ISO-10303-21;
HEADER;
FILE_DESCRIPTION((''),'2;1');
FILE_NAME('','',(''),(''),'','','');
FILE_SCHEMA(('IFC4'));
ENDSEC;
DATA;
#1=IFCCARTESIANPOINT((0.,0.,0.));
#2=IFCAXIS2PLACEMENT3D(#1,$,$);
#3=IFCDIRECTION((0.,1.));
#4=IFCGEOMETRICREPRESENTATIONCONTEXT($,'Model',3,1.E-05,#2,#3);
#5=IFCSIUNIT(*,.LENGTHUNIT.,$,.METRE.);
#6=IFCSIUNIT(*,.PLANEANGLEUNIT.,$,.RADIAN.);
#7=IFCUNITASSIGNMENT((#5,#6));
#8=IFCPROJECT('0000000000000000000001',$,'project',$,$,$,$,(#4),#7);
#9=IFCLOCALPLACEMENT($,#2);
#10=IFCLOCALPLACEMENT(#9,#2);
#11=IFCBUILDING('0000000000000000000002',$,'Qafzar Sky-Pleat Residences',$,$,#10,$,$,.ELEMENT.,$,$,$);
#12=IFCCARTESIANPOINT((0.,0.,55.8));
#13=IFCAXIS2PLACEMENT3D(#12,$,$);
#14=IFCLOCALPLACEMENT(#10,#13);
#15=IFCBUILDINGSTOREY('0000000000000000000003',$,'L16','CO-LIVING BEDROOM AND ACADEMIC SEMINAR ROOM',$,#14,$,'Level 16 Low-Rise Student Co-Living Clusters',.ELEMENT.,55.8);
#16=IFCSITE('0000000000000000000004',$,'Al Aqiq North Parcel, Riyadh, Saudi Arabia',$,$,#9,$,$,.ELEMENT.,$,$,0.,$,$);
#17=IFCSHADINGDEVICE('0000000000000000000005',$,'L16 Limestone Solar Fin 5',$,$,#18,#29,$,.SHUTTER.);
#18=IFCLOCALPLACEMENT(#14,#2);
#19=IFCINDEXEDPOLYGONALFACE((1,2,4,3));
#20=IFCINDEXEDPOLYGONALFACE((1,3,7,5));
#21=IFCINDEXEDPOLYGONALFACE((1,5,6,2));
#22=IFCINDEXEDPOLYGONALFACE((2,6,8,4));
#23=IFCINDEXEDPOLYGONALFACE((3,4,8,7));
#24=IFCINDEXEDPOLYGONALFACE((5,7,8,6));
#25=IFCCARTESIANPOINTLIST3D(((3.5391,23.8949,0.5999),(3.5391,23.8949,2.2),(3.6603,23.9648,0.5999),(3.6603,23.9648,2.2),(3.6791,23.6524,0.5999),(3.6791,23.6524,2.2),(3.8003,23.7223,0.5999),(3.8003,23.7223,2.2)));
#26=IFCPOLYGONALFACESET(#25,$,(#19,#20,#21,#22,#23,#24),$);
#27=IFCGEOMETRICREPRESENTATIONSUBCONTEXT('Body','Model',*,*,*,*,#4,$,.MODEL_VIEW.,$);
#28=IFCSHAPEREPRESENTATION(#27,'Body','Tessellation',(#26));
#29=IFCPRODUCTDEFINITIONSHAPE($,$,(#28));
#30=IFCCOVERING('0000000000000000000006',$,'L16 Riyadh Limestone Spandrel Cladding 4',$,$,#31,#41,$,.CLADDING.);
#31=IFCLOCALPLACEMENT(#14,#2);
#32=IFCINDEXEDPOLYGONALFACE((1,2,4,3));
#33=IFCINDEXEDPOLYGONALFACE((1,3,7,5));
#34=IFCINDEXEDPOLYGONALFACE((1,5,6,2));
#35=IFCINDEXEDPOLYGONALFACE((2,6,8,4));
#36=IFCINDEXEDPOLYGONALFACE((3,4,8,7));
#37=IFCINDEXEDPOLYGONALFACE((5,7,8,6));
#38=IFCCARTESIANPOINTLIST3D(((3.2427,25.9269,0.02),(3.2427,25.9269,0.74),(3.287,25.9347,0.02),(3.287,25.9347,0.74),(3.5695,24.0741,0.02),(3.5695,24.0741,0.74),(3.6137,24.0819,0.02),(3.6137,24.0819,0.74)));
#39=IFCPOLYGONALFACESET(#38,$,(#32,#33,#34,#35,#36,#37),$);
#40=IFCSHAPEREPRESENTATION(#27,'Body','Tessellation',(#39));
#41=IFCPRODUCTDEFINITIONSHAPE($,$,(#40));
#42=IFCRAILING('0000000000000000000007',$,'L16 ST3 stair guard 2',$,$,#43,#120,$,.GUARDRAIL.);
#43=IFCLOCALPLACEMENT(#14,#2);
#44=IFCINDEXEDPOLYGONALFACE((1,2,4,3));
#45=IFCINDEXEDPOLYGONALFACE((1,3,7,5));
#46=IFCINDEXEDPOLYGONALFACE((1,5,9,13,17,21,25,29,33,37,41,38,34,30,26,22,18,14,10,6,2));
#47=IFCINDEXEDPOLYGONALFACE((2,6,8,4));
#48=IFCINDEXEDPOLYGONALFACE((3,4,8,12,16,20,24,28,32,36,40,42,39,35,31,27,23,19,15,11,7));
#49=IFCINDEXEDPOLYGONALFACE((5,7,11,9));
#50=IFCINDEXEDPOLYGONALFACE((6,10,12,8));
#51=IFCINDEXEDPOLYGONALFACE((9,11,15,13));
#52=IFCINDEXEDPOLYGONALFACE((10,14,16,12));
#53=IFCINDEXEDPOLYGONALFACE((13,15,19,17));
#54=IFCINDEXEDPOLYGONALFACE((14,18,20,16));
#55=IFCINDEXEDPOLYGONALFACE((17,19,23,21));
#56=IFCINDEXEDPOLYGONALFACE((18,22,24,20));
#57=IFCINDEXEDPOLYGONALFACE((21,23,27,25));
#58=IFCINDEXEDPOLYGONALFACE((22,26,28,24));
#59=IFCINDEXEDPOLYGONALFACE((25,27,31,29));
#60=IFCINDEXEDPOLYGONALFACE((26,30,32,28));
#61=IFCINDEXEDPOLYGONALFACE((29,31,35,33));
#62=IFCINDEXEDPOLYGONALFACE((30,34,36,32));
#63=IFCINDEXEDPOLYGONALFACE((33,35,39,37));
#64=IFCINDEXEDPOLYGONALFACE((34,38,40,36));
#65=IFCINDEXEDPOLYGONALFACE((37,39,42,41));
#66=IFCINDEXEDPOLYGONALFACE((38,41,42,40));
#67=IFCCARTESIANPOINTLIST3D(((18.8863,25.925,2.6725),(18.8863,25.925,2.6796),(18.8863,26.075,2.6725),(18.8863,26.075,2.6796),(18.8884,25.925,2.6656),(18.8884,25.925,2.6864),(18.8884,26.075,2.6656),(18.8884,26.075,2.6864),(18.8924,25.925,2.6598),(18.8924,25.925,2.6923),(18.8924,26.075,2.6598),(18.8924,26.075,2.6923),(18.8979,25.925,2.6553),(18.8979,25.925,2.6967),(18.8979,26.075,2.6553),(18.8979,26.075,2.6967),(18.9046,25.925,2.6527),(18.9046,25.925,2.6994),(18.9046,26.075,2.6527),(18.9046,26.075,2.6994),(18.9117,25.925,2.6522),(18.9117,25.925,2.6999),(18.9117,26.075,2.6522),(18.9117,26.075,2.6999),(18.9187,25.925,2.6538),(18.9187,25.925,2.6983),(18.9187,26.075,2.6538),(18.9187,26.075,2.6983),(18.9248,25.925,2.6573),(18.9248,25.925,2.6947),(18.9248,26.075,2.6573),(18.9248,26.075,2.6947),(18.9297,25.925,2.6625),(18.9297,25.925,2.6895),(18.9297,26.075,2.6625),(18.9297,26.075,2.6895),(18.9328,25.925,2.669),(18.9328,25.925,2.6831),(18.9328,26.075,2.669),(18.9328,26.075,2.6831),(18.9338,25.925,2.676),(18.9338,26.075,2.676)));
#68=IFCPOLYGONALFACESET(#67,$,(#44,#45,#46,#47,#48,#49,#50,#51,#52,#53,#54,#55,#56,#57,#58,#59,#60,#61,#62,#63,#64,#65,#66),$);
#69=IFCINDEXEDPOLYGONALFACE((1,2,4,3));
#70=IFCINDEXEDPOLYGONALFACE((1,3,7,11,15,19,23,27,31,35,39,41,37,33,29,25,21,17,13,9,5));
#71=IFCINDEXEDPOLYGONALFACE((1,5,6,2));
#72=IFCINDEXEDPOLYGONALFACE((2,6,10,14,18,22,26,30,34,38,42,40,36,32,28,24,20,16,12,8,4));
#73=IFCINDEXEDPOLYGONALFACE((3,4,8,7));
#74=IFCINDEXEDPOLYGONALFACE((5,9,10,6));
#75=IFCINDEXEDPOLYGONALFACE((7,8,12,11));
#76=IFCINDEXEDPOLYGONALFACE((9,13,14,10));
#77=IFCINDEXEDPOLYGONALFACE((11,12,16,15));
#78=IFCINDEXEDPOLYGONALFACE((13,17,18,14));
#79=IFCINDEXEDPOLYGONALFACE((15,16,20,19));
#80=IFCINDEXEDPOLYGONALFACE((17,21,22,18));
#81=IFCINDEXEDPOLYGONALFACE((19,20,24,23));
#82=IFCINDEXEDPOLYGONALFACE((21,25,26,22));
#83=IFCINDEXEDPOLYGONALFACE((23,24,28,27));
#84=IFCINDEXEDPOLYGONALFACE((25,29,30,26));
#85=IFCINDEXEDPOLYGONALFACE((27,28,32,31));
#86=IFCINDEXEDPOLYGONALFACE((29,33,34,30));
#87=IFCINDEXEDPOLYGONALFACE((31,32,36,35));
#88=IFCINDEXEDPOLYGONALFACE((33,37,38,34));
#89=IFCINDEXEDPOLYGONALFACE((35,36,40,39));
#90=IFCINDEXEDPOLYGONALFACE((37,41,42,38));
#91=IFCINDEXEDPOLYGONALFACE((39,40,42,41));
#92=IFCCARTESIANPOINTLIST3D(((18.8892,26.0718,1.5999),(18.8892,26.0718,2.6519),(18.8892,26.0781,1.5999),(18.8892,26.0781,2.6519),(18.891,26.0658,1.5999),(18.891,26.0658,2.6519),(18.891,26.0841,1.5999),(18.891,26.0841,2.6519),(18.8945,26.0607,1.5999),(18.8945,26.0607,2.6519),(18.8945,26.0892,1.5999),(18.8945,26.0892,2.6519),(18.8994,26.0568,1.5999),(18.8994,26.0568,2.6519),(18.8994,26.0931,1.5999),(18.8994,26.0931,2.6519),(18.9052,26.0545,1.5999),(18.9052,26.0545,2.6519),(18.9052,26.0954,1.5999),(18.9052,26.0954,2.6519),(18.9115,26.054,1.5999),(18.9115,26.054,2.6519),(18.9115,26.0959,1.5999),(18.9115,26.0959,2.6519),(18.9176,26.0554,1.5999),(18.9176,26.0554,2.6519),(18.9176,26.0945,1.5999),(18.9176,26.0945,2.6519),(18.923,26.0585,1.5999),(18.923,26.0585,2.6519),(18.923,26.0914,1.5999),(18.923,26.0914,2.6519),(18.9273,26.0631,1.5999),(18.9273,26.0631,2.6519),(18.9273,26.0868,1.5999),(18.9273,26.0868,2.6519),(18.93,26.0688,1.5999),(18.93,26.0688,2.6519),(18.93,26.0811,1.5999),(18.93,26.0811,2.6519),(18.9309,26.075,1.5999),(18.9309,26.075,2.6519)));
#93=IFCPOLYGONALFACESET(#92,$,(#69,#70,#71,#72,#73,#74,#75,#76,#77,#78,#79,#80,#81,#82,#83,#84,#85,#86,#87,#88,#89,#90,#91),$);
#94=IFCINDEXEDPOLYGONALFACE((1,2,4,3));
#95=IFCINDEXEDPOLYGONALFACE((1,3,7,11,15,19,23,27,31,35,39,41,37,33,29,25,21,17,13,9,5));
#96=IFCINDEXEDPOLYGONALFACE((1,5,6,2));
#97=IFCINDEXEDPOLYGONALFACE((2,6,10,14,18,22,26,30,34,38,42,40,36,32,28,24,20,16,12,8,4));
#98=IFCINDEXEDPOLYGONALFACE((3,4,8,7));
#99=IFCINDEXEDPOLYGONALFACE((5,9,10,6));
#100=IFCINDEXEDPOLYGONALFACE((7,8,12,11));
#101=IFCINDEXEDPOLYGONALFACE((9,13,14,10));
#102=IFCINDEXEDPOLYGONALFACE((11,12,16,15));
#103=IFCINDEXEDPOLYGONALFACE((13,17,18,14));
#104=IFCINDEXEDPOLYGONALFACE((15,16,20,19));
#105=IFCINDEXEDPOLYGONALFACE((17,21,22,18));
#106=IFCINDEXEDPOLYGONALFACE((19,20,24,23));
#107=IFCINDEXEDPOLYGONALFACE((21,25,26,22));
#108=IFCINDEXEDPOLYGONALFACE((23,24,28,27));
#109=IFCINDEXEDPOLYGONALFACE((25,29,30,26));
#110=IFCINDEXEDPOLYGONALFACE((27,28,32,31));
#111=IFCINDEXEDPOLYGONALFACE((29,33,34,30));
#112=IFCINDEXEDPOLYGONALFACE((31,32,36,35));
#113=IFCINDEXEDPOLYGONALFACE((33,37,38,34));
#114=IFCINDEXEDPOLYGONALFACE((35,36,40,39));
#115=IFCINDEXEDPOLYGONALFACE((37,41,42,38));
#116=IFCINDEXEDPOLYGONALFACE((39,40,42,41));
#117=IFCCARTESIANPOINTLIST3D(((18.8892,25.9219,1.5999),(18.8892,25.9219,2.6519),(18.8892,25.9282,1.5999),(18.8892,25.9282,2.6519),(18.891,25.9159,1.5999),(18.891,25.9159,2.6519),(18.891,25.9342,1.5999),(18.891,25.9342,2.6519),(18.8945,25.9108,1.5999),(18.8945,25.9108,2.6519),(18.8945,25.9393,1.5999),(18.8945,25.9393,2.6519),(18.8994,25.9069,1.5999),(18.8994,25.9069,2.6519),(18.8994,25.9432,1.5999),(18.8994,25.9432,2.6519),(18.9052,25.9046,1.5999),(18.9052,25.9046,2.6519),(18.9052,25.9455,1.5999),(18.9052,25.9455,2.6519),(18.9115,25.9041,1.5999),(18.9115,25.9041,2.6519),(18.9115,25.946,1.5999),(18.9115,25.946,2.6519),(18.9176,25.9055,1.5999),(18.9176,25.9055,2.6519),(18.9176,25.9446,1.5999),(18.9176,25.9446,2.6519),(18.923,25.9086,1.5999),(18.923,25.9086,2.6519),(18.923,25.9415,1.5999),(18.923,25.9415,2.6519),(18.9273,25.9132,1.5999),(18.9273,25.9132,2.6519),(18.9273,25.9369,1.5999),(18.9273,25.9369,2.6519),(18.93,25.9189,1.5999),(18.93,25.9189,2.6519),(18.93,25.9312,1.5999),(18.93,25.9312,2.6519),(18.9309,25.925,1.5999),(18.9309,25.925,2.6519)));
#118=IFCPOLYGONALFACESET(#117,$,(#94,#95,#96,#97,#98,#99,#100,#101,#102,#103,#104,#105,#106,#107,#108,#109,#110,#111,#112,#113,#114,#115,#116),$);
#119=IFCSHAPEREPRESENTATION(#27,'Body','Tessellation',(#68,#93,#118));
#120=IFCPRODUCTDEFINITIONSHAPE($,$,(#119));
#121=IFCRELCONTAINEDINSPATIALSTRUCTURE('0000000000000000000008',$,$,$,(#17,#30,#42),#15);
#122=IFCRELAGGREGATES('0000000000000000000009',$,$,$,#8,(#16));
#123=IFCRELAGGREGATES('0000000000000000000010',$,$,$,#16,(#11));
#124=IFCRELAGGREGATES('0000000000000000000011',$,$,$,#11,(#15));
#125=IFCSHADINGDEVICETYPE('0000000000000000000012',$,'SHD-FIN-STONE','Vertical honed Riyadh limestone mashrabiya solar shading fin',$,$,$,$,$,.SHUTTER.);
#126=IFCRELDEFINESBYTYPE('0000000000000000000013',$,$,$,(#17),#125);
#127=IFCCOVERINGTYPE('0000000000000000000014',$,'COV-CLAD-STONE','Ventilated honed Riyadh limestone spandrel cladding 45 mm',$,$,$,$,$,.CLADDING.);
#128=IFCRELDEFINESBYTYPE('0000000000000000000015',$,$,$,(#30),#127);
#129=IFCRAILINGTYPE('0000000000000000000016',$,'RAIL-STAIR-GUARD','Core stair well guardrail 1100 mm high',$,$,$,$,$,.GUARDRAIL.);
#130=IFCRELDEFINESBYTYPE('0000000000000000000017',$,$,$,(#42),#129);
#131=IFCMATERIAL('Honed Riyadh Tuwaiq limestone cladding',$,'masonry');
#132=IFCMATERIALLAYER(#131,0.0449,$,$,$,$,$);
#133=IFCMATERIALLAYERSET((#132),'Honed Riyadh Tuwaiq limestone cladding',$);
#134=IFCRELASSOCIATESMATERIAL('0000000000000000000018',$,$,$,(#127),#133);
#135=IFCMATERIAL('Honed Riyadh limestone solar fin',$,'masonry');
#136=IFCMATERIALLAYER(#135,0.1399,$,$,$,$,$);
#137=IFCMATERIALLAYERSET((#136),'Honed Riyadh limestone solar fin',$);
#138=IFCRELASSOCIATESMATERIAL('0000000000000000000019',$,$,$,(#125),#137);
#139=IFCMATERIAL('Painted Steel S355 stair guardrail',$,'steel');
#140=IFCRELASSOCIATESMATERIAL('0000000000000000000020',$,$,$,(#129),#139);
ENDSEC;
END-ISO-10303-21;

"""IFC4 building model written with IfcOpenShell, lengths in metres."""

from ifc_helpers import new_model, si_unit, direction, frame, origin, origin_2d, place, context, subcontext, project, spatial, rectangle, circle, extrude, source, transform, mapped, material, layer, layer_set, type_object, element, save


model = new_model("IFC4")

# Units and contexts
model_context = context("Model", 3, precision=1e-05, world=origin(), true_north=direction((0.0, 1.0)))
body_context = subcontext(model_context, "Body", "Model", "MODEL_VIEW")
ifc_project = project(units=[si_unit("LENGTHUNIT", "METRE"), si_unit("PLANEANGLEUNIT", "RADIAN")], contexts=[model_context])

# Site, building, storey
site_placement = place(None, origin())
site = spatial("IfcSite", under=ifc_project, at=site_placement, Name="Al Aqiq North Parcel, Riyadh, Saudi Arabia", CompositionType="ELEMENT", RefElevation=0.0)
building_placement = place(site_placement, origin())
building = spatial("IfcBuilding", under=site, at=building_placement, Name="Qafzar Sky-Pleat Residences", CompositionType="ELEMENT")
storey_placement = place(building_placement, frame((0.0, 0.0, 55.8)))
storey = spatial("IfcBuildingStorey", under=building, at=storey_placement, Name="L16", Description="CO-LIVING BEDROOM AND ACADEMIC SEMINAR ROOM", LongName="Level 16 Low-Rise Student Co-Living Clusters", CompositionType="ELEMENT", Elevation=55.8)

# Shared definitions
ifc_material_1 = material(Name="Honed Riyadh Tuwaiq limestone cladding", Category="masonry")
ifc_layer_1 = layer(ifc_material_1, 0.0449)
ifc_layer_set_1 = layer_set([ifc_layer_1], Name="Honed Riyadh Tuwaiq limestone cladding")
covering_type = type_object("IfcCoveringType", Name="COV-CLAD-STONE", Description="Ventilated honed Riyadh limestone spandrel cladding 45 mm", PredefinedType="CLADDING", material=ifc_layer_set_1)

# Shading device
ifc_material_2 = material(Name="Honed Riyadh limestone solar fin", Category="masonry")
ifc_layer_2 = layer(ifc_material_2, 0.1399)
ifc_layer_set_2 = layer_set([ifc_layer_2], Name="Honed Riyadh limestone solar fin")
shading_device_type = type_object("IfcShadingDeviceType", Name="SHD-FIN-STONE", Description="Vertical honed Riyadh limestone mashrabiya solar shading fin", PredefinedType="SHUTTER", material=ifc_layer_set_2)
shared_shape_1 = source(origin(), body_context, "Body", "SweptSolid", [
    extrude(rectangle(XDim=0.1399, YDim=0.28, at=origin_2d()), origin(), (0.0, 0.0, 1.0), 1.6001),
])
shading_device_placement = place(storey_placement, frame((3.6697, 23.8086, 0.5999), z_axis=(0.0, 0.0, 1.0), x_axis=(-0.866044, -0.499967, 0.0)))
element("IfcShadingDevice", 1, at=shading_device_placement, inside=storey, type_object=shading_device_type, Name="L16 Limestone Solar Fin 5", PredefinedType="SHUTTER", context=body_context, shape_type="MappedRepresentation", body=[
    mapped(shared_shape_1, transform((0.0, 0.0, 0.0), x_axis=(1.0, 0.0, 0.0), y_axis=(0.0, 1.0, 0.0), z_axis=(0.0, 0.0, 1.0), scale=1.0)),
])

# Covering
shared_shape_2 = source(origin(), body_context, "Body", "SweptSolid", [
    extrude(rectangle(XDim=1.8813, YDim=0.0449, at=origin_2d()), origin(), (0.0, 0.0, 1.0), 0.72),
])
covering_1_placement = place(storey_placement, frame((3.4282, 25.0044, 0.02), z_axis=(0.0, 0.0, 1.0), x_axis=(0.173663, -0.984805, 0.0)))
element("IfcCovering", 2, at=covering_1_placement, inside=storey, type_object=covering_type, Name="L16 Riyadh Limestone Spandrel Cladding 4", PredefinedType="CLADDING", context=body_context, shape_type="MappedRepresentation", body=[
    mapped(shared_shape_2, transform((0.0, 0.0, 0.0), x_axis=(1.0, 0.0, 0.0), y_axis=(0.0, 1.0, 0.0), z_axis=(0.0, 0.0, 1.0), scale=1.0)),
])

# Railing
ifc_material_3 = material(Name="Painted Steel S355 stair guardrail", Category="steel")
railing_type_1 = type_object("IfcRailingType", Name="RAIL-STAIR-GUARD", Description="Core stair well guardrail 1100 mm high", PredefinedType="GUARDRAIL", material=ifc_material_3)
shared_shape_3 = source(origin(), body_context, "Body", "SweptSolid", [
    extrude(circle(Radius=0.0239, at=origin_2d()), frame((0.0, 0.0, 1.0762), z_axis=(0.0, -1.0, 0.0), x_axis=(1.0, 0.0, 0.0)), (0.0, 0.0, 1.0), 0.1499),
    extrude(circle(Radius=0.021, at=origin_2d()), origin(), (0.0, 0.0, 1.0), 1.052),
    extrude(circle(Radius=0.021, at=origin_2d()), frame((0.0, -0.1499, 0.0)), (0.0, 0.0, 1.0), 1.052),
])
railing_1_placement = place(storey_placement, frame((18.9099, 26.075, 1.5999)))
element("IfcRailing", 3, at=railing_1_placement, inside=storey, type_object=railing_type_1, Name="L16 ST3 stair guard 2", PredefinedType="GUARDRAIL", context=body_context, shape_type="MappedRepresentation", body=[
    mapped(shared_shape_3, transform((0.0, 0.0, 0.0), x_axis=(1.0, 0.0, 0.0), y_axis=(0.0, 1.0, 0.0), z_axis=(0.0, 0.0, 1.0), scale=1.0)),
])

save(model, "model.ifc")
